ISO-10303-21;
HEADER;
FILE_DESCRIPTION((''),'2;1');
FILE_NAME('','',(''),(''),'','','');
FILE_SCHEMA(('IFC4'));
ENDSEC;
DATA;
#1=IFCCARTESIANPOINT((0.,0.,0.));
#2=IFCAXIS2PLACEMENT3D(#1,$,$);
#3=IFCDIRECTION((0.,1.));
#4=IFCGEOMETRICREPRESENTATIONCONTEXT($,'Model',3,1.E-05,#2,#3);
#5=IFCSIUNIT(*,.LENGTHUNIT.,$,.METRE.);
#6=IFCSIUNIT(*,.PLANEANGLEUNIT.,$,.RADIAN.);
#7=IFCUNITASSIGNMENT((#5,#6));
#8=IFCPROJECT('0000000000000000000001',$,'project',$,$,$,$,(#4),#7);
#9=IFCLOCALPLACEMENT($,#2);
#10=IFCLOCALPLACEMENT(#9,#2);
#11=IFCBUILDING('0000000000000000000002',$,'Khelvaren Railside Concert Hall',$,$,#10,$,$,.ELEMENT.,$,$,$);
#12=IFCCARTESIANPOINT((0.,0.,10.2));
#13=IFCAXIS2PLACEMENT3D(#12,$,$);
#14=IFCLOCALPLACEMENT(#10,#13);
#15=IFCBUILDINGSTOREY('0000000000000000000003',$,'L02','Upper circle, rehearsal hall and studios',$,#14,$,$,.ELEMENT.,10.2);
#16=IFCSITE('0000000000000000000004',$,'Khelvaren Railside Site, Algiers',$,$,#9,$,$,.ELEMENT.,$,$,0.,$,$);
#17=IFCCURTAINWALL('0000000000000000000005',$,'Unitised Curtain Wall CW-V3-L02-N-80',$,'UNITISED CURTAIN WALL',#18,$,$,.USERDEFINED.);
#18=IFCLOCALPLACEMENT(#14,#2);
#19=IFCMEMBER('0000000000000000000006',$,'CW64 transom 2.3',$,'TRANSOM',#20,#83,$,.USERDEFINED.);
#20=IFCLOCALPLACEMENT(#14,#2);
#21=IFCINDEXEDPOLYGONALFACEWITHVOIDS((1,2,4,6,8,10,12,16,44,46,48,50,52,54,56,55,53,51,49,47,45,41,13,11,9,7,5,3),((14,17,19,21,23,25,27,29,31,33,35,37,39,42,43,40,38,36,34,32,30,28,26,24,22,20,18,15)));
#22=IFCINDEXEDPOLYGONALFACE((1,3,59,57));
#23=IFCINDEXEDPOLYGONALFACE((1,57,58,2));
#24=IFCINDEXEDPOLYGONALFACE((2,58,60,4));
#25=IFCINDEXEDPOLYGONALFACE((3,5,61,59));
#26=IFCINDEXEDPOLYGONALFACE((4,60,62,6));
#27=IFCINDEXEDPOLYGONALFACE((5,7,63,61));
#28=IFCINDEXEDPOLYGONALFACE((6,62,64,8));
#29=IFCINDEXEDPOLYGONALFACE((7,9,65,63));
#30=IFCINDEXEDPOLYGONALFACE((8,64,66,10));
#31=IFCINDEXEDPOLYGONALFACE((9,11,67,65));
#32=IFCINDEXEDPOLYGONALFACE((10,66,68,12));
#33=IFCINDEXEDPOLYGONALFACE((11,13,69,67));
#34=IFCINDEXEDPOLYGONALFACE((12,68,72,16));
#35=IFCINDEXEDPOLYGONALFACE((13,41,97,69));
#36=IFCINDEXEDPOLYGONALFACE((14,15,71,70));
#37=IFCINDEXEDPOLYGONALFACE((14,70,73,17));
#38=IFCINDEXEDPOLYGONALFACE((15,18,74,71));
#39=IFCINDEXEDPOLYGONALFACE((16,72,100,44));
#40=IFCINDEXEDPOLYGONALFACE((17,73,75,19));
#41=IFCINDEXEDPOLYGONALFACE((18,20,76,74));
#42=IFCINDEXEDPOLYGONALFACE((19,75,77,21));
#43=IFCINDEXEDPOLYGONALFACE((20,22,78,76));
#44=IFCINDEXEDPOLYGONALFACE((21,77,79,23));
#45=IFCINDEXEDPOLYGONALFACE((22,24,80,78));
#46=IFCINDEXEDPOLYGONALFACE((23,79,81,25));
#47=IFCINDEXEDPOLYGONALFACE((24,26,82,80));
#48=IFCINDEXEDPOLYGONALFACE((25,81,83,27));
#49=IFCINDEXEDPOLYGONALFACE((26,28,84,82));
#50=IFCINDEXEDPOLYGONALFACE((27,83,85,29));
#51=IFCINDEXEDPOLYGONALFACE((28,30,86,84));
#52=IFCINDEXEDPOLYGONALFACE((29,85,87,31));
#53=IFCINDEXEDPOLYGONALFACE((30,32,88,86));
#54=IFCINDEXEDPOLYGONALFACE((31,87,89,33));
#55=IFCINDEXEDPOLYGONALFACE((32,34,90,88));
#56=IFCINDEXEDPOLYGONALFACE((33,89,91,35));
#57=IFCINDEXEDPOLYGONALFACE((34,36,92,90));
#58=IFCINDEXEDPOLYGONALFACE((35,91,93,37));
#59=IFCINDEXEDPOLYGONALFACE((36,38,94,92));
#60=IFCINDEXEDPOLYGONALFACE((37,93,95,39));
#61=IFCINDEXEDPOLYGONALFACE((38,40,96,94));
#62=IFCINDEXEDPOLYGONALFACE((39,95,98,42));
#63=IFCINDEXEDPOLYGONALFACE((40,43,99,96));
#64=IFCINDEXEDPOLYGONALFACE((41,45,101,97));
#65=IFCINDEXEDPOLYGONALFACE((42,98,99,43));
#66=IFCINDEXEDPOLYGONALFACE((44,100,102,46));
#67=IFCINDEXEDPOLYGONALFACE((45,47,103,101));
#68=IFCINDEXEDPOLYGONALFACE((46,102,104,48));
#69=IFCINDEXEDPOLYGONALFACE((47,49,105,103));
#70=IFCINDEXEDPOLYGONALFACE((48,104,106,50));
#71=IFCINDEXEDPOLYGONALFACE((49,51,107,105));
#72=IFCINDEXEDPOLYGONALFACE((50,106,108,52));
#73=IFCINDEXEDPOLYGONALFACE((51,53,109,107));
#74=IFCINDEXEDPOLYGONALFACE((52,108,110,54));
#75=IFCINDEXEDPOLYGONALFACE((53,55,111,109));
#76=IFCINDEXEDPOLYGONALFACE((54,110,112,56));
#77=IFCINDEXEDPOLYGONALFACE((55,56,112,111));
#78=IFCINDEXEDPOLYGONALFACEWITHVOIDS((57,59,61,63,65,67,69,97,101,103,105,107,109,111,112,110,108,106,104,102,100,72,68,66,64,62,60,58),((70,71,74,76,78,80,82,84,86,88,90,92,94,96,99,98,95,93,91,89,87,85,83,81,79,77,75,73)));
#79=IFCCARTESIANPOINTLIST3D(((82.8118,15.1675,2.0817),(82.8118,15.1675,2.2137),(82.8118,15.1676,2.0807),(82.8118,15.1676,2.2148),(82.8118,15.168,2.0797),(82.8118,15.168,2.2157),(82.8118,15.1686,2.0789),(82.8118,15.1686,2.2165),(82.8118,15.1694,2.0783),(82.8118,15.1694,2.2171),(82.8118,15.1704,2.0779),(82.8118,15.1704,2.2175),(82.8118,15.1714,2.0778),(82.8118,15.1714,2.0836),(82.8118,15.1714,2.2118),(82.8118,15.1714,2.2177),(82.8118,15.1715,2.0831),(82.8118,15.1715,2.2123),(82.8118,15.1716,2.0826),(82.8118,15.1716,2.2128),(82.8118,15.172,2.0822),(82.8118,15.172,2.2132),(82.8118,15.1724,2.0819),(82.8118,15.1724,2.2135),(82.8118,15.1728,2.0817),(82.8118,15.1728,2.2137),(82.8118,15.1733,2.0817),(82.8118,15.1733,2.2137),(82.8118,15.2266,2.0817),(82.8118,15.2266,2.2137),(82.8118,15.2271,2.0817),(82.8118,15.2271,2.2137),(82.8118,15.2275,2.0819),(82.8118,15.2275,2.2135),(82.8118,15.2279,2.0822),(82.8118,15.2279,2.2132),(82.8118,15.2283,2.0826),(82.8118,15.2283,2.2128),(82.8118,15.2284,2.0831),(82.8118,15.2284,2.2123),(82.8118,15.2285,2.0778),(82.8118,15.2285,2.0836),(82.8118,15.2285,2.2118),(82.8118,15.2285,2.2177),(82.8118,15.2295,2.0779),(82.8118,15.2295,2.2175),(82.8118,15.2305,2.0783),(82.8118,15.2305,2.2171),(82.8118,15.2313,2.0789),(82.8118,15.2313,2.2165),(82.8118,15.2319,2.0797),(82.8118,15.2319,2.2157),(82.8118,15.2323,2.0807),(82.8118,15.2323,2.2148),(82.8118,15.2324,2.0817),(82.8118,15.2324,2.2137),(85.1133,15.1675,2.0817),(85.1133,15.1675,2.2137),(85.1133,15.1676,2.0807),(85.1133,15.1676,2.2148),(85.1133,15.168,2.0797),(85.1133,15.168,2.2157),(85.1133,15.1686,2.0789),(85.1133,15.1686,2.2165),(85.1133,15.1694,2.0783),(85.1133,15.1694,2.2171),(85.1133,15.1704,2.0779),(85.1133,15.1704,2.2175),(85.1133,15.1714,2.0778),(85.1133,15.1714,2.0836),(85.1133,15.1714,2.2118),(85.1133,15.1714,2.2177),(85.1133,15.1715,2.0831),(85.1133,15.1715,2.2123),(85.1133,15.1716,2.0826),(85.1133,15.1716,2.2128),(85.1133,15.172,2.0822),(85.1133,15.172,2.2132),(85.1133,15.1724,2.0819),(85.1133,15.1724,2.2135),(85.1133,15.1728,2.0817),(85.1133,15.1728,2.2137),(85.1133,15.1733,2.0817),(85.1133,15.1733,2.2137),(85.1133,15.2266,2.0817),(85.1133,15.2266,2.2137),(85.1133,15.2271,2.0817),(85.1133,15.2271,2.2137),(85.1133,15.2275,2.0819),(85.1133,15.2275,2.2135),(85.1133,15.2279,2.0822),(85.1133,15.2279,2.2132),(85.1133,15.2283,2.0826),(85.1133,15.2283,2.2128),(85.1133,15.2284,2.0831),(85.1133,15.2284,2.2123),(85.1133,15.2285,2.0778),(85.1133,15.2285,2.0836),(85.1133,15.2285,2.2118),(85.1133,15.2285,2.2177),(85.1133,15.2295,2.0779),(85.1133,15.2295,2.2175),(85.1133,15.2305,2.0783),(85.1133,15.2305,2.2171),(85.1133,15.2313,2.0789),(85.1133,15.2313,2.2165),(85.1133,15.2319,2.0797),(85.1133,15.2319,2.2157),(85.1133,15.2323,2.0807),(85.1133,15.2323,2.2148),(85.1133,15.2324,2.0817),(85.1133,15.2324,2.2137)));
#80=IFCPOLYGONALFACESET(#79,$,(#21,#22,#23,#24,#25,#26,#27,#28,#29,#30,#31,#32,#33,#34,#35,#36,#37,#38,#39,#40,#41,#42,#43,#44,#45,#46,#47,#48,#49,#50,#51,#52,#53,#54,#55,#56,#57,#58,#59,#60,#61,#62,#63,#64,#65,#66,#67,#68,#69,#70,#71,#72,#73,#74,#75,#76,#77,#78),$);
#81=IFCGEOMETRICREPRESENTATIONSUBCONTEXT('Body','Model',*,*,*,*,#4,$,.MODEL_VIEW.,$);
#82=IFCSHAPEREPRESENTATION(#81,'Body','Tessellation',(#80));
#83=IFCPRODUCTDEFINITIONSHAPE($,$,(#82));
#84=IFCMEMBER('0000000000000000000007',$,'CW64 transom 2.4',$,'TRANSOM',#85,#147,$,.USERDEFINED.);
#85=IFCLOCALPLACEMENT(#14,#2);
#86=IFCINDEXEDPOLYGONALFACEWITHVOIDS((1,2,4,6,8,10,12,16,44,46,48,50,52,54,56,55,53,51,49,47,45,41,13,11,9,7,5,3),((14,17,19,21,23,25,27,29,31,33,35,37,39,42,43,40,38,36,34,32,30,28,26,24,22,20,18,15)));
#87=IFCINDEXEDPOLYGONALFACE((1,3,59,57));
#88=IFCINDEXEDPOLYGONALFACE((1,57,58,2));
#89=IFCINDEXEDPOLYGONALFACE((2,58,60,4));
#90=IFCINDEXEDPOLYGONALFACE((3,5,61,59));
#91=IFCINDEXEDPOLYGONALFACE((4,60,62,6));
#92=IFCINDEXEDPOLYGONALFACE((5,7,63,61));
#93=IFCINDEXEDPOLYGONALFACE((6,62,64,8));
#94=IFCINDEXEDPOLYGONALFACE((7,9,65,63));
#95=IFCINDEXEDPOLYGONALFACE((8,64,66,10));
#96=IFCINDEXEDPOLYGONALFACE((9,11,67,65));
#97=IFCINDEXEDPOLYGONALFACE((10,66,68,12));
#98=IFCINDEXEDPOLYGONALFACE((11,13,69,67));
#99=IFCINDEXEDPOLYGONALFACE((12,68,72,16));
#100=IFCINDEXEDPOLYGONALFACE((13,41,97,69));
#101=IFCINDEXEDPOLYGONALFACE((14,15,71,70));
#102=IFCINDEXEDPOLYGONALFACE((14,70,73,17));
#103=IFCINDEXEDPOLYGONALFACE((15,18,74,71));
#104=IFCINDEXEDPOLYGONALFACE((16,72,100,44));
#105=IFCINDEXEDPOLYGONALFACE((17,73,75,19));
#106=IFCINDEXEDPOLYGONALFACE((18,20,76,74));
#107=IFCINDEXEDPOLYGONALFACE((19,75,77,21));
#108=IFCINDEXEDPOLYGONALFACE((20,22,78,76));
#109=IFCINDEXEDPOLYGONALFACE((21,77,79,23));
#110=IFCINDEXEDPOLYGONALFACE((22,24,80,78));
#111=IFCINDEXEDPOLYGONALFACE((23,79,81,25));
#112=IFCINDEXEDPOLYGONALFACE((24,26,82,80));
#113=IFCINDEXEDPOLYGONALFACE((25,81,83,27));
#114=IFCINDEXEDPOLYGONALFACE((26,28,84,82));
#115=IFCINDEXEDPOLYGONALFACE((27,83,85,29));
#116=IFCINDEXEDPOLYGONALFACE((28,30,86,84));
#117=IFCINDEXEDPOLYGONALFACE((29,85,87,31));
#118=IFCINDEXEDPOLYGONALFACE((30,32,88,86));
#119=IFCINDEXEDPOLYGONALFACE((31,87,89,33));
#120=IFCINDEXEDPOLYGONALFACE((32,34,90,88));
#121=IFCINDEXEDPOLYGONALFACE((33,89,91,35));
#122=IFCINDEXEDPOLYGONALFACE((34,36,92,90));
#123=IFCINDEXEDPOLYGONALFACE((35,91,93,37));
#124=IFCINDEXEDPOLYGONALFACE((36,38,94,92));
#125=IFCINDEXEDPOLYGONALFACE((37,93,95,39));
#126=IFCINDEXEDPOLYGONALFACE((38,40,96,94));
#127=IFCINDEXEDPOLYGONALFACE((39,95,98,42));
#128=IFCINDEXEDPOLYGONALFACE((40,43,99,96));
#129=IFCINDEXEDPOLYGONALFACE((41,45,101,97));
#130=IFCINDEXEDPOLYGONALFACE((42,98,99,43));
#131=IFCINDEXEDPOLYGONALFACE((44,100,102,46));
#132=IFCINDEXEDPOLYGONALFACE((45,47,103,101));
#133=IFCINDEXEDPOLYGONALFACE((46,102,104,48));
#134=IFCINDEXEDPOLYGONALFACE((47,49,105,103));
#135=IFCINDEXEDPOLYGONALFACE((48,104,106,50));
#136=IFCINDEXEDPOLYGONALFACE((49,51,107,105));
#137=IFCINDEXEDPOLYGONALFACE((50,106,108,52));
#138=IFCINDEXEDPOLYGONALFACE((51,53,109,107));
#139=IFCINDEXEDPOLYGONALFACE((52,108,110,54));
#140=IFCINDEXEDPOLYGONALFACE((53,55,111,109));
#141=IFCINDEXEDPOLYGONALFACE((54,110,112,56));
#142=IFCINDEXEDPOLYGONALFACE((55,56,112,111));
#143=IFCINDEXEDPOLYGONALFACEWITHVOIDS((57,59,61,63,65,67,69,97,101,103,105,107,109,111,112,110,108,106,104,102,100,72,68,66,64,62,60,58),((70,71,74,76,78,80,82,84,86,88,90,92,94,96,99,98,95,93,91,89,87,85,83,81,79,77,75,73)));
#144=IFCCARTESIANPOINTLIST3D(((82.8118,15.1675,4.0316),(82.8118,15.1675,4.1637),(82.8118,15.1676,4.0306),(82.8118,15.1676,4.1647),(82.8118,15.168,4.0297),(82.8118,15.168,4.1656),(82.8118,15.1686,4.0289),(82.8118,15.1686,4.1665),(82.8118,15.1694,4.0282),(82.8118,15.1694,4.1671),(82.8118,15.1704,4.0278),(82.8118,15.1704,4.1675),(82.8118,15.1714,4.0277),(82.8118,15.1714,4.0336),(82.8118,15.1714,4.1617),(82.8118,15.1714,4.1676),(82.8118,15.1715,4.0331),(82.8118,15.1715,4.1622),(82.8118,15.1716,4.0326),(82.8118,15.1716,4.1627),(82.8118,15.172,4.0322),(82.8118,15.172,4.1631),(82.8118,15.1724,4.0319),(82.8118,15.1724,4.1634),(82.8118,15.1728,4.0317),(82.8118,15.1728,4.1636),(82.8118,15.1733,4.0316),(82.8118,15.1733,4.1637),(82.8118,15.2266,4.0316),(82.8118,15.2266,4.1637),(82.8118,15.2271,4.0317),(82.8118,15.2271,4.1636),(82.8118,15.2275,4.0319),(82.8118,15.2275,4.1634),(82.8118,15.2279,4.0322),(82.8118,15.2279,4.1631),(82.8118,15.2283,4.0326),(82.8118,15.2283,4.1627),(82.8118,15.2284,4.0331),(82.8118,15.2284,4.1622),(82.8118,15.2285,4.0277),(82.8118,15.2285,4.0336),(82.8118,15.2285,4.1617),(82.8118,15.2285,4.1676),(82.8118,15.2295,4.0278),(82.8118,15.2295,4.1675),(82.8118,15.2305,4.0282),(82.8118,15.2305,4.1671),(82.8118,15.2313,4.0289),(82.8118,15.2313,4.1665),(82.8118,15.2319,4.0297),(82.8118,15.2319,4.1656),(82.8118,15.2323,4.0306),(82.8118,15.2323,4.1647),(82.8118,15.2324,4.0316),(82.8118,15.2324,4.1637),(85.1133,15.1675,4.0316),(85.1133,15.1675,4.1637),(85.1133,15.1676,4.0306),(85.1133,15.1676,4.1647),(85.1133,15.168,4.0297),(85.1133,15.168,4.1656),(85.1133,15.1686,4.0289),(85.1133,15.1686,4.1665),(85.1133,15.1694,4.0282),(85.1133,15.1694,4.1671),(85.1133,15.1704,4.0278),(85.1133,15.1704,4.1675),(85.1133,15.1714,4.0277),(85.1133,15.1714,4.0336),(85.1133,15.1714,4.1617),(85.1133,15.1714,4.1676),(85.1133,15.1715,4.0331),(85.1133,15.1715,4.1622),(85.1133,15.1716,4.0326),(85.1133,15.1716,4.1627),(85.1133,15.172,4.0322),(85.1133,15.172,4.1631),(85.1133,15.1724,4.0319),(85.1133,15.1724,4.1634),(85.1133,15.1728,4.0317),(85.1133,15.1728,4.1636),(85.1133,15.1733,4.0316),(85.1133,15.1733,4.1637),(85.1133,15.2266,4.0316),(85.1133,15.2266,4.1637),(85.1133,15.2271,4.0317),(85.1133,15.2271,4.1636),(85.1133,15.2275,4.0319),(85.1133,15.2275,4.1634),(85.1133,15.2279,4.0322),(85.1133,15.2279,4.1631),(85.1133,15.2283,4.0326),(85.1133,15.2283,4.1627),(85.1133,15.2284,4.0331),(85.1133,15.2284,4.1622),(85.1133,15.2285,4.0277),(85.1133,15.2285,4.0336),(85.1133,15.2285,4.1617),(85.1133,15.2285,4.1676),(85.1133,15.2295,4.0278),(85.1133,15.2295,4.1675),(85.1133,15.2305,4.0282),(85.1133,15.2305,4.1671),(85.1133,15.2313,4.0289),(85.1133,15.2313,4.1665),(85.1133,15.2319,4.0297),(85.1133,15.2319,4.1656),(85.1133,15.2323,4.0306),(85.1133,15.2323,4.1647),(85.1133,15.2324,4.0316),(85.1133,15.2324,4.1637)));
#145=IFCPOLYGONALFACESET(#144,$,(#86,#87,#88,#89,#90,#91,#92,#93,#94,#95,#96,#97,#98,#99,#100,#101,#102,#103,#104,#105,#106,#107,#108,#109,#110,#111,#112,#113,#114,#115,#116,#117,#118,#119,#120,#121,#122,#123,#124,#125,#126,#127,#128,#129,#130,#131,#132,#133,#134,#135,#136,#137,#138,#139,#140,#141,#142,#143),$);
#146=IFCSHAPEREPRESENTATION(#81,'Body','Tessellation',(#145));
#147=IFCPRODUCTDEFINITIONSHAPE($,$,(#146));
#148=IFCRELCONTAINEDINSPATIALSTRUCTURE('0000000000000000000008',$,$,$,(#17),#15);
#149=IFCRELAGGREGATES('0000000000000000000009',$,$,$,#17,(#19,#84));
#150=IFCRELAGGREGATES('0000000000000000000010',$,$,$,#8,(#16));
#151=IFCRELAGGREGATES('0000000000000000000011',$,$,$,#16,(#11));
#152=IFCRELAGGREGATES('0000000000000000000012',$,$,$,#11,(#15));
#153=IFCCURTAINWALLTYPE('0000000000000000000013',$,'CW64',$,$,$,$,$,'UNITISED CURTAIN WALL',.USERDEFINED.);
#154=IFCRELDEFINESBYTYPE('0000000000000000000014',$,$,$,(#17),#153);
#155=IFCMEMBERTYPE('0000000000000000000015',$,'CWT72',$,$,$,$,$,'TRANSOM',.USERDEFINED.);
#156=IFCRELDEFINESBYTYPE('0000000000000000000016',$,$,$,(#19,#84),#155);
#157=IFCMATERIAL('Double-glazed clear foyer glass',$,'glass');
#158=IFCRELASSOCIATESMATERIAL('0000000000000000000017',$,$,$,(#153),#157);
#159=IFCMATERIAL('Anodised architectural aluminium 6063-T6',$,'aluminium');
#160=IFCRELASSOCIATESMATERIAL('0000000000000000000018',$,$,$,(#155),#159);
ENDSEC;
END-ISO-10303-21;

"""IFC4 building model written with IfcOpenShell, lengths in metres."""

from ifc_helpers import new_model, si_unit, direction, frame, origin, origin_2d, place, context, subcontext, project, spatial, hollow_rectangle, extrude, material, material_profile, profile_set, type_object, element, aggregate, save


model = new_model("IFC4")

# Units and contexts
model_context = context("Model", 3, precision=1e-05, world=origin(), true_north=direction((0.0, 1.0)))
body_context = subcontext(model_context, "Body", "Model", "MODEL_VIEW")
ifc_project = project(units=[si_unit("LENGTHUNIT", "METRE"), si_unit("PLANEANGLEUNIT", "RADIAN")], contexts=[model_context])

# Site, building, storey
site_placement = place(None, origin())
site = spatial("IfcSite", under=ifc_project, at=site_placement, Name="Khelvaren Railside Site, Algiers", CompositionType="ELEMENT", RefElevation=0.0)
building_placement = place(site_placement, origin())
building = spatial("IfcBuilding", under=site, at=building_placement, Name="Khelvaren Railside Concert Hall", CompositionType="ELEMENT")
storey_placement = place(building_placement, frame((0.0, 0.0, 10.2)))
storey = spatial("IfcBuildingStorey", under=building, at=storey_placement, Name="L02", Description="Upper circle, rehearsal hall and studios", CompositionType="ELEMENT", Elevation=10.2)

# Curtain wall, members
ifc_material_1 = material(Name="Double-glazed clear foyer glass", Category="glass")
curtain_wall_type = type_object("IfcCurtainWallType", Name="CW64", ElementType="UNITISED CURTAIN WALL", PredefinedType="USERDEFINED", material=ifc_material_1)
curtain_wall_placement = place(storey_placement, origin())
curtain_wall = element("IfcCurtainWall", 1, at=curtain_wall_placement, inside=storey, type_object=curtain_wall_type, Name="Unitised Curtain Wall CW-V3-L02-N-80", ObjectType="UNITISED CURTAIN WALL", PredefinedType="USERDEFINED")
ifc_material_2 = material(Name="Anodised architectural aluminium 6063-T6", Category="aluminium")
ifc_material_profile_1 = material_profile(ifc_material_2, hollow_rectangle(XDim=0.0649, YDim=0.1399, WallThickness=0.0039, InnerFilletRadius=0.002, OuterFilletRadius=0.0039, at=origin_2d()), Name="CWT 65x140x4")
ifc_profile_set_1 = profile_set([ifc_material_profile_1], Name="Anodised architectural aluminium 6063-T6")
member_type_1 = type_object("IfcMemberType", Name="CWT72", ElementType="TRANSOM", PredefinedType="USERDEFINED", material=ifc_profile_set_1)
member_1_placement = place(storey_placement, frame((82.8118, 15.2, 2.1477), z_axis=(1.0, 0.0, 0.0), x_axis=(0.0, 1.0, 0.0)))
member_1 = element("IfcMember", 2, at=member_1_placement, type_object=member_type_1, Name="CW64 transom 2.3", ObjectType="TRANSOM", PredefinedType="USERDEFINED", context=body_context, shape_type="SweptSolid", body=[
    extrude(hollow_rectangle(XDim=0.0649, YDim=0.1399, WallThickness=0.0039, InnerFilletRadius=0.002, OuterFilletRadius=0.0039, at=origin_2d()), origin(), (0.0, 0.0, 1.0), 2.3015),
])
member_2_placement = place(storey_placement, frame((82.8118, 15.2, 4.0977), z_axis=(1.0, 0.0, 0.0), x_axis=(0.0, 1.0, 0.0)))
member_2 = element("IfcMember", 3, at=member_2_placement, type_object=member_type_1, Name="CW64 transom 2.4", ObjectType="TRANSOM", PredefinedType="USERDEFINED", context=body_context, shape_type="SweptSolid", body=[
    extrude(hollow_rectangle(XDim=0.0649, YDim=0.1399, WallThickness=0.0039, InnerFilletRadius=0.002, OuterFilletRadius=0.0039, at=origin_2d()), origin(), (0.0, 0.0, 1.0), 2.3015),
])
aggregate(curtain_wall, [member_1, member_2])

save(model, "model.ifc")
